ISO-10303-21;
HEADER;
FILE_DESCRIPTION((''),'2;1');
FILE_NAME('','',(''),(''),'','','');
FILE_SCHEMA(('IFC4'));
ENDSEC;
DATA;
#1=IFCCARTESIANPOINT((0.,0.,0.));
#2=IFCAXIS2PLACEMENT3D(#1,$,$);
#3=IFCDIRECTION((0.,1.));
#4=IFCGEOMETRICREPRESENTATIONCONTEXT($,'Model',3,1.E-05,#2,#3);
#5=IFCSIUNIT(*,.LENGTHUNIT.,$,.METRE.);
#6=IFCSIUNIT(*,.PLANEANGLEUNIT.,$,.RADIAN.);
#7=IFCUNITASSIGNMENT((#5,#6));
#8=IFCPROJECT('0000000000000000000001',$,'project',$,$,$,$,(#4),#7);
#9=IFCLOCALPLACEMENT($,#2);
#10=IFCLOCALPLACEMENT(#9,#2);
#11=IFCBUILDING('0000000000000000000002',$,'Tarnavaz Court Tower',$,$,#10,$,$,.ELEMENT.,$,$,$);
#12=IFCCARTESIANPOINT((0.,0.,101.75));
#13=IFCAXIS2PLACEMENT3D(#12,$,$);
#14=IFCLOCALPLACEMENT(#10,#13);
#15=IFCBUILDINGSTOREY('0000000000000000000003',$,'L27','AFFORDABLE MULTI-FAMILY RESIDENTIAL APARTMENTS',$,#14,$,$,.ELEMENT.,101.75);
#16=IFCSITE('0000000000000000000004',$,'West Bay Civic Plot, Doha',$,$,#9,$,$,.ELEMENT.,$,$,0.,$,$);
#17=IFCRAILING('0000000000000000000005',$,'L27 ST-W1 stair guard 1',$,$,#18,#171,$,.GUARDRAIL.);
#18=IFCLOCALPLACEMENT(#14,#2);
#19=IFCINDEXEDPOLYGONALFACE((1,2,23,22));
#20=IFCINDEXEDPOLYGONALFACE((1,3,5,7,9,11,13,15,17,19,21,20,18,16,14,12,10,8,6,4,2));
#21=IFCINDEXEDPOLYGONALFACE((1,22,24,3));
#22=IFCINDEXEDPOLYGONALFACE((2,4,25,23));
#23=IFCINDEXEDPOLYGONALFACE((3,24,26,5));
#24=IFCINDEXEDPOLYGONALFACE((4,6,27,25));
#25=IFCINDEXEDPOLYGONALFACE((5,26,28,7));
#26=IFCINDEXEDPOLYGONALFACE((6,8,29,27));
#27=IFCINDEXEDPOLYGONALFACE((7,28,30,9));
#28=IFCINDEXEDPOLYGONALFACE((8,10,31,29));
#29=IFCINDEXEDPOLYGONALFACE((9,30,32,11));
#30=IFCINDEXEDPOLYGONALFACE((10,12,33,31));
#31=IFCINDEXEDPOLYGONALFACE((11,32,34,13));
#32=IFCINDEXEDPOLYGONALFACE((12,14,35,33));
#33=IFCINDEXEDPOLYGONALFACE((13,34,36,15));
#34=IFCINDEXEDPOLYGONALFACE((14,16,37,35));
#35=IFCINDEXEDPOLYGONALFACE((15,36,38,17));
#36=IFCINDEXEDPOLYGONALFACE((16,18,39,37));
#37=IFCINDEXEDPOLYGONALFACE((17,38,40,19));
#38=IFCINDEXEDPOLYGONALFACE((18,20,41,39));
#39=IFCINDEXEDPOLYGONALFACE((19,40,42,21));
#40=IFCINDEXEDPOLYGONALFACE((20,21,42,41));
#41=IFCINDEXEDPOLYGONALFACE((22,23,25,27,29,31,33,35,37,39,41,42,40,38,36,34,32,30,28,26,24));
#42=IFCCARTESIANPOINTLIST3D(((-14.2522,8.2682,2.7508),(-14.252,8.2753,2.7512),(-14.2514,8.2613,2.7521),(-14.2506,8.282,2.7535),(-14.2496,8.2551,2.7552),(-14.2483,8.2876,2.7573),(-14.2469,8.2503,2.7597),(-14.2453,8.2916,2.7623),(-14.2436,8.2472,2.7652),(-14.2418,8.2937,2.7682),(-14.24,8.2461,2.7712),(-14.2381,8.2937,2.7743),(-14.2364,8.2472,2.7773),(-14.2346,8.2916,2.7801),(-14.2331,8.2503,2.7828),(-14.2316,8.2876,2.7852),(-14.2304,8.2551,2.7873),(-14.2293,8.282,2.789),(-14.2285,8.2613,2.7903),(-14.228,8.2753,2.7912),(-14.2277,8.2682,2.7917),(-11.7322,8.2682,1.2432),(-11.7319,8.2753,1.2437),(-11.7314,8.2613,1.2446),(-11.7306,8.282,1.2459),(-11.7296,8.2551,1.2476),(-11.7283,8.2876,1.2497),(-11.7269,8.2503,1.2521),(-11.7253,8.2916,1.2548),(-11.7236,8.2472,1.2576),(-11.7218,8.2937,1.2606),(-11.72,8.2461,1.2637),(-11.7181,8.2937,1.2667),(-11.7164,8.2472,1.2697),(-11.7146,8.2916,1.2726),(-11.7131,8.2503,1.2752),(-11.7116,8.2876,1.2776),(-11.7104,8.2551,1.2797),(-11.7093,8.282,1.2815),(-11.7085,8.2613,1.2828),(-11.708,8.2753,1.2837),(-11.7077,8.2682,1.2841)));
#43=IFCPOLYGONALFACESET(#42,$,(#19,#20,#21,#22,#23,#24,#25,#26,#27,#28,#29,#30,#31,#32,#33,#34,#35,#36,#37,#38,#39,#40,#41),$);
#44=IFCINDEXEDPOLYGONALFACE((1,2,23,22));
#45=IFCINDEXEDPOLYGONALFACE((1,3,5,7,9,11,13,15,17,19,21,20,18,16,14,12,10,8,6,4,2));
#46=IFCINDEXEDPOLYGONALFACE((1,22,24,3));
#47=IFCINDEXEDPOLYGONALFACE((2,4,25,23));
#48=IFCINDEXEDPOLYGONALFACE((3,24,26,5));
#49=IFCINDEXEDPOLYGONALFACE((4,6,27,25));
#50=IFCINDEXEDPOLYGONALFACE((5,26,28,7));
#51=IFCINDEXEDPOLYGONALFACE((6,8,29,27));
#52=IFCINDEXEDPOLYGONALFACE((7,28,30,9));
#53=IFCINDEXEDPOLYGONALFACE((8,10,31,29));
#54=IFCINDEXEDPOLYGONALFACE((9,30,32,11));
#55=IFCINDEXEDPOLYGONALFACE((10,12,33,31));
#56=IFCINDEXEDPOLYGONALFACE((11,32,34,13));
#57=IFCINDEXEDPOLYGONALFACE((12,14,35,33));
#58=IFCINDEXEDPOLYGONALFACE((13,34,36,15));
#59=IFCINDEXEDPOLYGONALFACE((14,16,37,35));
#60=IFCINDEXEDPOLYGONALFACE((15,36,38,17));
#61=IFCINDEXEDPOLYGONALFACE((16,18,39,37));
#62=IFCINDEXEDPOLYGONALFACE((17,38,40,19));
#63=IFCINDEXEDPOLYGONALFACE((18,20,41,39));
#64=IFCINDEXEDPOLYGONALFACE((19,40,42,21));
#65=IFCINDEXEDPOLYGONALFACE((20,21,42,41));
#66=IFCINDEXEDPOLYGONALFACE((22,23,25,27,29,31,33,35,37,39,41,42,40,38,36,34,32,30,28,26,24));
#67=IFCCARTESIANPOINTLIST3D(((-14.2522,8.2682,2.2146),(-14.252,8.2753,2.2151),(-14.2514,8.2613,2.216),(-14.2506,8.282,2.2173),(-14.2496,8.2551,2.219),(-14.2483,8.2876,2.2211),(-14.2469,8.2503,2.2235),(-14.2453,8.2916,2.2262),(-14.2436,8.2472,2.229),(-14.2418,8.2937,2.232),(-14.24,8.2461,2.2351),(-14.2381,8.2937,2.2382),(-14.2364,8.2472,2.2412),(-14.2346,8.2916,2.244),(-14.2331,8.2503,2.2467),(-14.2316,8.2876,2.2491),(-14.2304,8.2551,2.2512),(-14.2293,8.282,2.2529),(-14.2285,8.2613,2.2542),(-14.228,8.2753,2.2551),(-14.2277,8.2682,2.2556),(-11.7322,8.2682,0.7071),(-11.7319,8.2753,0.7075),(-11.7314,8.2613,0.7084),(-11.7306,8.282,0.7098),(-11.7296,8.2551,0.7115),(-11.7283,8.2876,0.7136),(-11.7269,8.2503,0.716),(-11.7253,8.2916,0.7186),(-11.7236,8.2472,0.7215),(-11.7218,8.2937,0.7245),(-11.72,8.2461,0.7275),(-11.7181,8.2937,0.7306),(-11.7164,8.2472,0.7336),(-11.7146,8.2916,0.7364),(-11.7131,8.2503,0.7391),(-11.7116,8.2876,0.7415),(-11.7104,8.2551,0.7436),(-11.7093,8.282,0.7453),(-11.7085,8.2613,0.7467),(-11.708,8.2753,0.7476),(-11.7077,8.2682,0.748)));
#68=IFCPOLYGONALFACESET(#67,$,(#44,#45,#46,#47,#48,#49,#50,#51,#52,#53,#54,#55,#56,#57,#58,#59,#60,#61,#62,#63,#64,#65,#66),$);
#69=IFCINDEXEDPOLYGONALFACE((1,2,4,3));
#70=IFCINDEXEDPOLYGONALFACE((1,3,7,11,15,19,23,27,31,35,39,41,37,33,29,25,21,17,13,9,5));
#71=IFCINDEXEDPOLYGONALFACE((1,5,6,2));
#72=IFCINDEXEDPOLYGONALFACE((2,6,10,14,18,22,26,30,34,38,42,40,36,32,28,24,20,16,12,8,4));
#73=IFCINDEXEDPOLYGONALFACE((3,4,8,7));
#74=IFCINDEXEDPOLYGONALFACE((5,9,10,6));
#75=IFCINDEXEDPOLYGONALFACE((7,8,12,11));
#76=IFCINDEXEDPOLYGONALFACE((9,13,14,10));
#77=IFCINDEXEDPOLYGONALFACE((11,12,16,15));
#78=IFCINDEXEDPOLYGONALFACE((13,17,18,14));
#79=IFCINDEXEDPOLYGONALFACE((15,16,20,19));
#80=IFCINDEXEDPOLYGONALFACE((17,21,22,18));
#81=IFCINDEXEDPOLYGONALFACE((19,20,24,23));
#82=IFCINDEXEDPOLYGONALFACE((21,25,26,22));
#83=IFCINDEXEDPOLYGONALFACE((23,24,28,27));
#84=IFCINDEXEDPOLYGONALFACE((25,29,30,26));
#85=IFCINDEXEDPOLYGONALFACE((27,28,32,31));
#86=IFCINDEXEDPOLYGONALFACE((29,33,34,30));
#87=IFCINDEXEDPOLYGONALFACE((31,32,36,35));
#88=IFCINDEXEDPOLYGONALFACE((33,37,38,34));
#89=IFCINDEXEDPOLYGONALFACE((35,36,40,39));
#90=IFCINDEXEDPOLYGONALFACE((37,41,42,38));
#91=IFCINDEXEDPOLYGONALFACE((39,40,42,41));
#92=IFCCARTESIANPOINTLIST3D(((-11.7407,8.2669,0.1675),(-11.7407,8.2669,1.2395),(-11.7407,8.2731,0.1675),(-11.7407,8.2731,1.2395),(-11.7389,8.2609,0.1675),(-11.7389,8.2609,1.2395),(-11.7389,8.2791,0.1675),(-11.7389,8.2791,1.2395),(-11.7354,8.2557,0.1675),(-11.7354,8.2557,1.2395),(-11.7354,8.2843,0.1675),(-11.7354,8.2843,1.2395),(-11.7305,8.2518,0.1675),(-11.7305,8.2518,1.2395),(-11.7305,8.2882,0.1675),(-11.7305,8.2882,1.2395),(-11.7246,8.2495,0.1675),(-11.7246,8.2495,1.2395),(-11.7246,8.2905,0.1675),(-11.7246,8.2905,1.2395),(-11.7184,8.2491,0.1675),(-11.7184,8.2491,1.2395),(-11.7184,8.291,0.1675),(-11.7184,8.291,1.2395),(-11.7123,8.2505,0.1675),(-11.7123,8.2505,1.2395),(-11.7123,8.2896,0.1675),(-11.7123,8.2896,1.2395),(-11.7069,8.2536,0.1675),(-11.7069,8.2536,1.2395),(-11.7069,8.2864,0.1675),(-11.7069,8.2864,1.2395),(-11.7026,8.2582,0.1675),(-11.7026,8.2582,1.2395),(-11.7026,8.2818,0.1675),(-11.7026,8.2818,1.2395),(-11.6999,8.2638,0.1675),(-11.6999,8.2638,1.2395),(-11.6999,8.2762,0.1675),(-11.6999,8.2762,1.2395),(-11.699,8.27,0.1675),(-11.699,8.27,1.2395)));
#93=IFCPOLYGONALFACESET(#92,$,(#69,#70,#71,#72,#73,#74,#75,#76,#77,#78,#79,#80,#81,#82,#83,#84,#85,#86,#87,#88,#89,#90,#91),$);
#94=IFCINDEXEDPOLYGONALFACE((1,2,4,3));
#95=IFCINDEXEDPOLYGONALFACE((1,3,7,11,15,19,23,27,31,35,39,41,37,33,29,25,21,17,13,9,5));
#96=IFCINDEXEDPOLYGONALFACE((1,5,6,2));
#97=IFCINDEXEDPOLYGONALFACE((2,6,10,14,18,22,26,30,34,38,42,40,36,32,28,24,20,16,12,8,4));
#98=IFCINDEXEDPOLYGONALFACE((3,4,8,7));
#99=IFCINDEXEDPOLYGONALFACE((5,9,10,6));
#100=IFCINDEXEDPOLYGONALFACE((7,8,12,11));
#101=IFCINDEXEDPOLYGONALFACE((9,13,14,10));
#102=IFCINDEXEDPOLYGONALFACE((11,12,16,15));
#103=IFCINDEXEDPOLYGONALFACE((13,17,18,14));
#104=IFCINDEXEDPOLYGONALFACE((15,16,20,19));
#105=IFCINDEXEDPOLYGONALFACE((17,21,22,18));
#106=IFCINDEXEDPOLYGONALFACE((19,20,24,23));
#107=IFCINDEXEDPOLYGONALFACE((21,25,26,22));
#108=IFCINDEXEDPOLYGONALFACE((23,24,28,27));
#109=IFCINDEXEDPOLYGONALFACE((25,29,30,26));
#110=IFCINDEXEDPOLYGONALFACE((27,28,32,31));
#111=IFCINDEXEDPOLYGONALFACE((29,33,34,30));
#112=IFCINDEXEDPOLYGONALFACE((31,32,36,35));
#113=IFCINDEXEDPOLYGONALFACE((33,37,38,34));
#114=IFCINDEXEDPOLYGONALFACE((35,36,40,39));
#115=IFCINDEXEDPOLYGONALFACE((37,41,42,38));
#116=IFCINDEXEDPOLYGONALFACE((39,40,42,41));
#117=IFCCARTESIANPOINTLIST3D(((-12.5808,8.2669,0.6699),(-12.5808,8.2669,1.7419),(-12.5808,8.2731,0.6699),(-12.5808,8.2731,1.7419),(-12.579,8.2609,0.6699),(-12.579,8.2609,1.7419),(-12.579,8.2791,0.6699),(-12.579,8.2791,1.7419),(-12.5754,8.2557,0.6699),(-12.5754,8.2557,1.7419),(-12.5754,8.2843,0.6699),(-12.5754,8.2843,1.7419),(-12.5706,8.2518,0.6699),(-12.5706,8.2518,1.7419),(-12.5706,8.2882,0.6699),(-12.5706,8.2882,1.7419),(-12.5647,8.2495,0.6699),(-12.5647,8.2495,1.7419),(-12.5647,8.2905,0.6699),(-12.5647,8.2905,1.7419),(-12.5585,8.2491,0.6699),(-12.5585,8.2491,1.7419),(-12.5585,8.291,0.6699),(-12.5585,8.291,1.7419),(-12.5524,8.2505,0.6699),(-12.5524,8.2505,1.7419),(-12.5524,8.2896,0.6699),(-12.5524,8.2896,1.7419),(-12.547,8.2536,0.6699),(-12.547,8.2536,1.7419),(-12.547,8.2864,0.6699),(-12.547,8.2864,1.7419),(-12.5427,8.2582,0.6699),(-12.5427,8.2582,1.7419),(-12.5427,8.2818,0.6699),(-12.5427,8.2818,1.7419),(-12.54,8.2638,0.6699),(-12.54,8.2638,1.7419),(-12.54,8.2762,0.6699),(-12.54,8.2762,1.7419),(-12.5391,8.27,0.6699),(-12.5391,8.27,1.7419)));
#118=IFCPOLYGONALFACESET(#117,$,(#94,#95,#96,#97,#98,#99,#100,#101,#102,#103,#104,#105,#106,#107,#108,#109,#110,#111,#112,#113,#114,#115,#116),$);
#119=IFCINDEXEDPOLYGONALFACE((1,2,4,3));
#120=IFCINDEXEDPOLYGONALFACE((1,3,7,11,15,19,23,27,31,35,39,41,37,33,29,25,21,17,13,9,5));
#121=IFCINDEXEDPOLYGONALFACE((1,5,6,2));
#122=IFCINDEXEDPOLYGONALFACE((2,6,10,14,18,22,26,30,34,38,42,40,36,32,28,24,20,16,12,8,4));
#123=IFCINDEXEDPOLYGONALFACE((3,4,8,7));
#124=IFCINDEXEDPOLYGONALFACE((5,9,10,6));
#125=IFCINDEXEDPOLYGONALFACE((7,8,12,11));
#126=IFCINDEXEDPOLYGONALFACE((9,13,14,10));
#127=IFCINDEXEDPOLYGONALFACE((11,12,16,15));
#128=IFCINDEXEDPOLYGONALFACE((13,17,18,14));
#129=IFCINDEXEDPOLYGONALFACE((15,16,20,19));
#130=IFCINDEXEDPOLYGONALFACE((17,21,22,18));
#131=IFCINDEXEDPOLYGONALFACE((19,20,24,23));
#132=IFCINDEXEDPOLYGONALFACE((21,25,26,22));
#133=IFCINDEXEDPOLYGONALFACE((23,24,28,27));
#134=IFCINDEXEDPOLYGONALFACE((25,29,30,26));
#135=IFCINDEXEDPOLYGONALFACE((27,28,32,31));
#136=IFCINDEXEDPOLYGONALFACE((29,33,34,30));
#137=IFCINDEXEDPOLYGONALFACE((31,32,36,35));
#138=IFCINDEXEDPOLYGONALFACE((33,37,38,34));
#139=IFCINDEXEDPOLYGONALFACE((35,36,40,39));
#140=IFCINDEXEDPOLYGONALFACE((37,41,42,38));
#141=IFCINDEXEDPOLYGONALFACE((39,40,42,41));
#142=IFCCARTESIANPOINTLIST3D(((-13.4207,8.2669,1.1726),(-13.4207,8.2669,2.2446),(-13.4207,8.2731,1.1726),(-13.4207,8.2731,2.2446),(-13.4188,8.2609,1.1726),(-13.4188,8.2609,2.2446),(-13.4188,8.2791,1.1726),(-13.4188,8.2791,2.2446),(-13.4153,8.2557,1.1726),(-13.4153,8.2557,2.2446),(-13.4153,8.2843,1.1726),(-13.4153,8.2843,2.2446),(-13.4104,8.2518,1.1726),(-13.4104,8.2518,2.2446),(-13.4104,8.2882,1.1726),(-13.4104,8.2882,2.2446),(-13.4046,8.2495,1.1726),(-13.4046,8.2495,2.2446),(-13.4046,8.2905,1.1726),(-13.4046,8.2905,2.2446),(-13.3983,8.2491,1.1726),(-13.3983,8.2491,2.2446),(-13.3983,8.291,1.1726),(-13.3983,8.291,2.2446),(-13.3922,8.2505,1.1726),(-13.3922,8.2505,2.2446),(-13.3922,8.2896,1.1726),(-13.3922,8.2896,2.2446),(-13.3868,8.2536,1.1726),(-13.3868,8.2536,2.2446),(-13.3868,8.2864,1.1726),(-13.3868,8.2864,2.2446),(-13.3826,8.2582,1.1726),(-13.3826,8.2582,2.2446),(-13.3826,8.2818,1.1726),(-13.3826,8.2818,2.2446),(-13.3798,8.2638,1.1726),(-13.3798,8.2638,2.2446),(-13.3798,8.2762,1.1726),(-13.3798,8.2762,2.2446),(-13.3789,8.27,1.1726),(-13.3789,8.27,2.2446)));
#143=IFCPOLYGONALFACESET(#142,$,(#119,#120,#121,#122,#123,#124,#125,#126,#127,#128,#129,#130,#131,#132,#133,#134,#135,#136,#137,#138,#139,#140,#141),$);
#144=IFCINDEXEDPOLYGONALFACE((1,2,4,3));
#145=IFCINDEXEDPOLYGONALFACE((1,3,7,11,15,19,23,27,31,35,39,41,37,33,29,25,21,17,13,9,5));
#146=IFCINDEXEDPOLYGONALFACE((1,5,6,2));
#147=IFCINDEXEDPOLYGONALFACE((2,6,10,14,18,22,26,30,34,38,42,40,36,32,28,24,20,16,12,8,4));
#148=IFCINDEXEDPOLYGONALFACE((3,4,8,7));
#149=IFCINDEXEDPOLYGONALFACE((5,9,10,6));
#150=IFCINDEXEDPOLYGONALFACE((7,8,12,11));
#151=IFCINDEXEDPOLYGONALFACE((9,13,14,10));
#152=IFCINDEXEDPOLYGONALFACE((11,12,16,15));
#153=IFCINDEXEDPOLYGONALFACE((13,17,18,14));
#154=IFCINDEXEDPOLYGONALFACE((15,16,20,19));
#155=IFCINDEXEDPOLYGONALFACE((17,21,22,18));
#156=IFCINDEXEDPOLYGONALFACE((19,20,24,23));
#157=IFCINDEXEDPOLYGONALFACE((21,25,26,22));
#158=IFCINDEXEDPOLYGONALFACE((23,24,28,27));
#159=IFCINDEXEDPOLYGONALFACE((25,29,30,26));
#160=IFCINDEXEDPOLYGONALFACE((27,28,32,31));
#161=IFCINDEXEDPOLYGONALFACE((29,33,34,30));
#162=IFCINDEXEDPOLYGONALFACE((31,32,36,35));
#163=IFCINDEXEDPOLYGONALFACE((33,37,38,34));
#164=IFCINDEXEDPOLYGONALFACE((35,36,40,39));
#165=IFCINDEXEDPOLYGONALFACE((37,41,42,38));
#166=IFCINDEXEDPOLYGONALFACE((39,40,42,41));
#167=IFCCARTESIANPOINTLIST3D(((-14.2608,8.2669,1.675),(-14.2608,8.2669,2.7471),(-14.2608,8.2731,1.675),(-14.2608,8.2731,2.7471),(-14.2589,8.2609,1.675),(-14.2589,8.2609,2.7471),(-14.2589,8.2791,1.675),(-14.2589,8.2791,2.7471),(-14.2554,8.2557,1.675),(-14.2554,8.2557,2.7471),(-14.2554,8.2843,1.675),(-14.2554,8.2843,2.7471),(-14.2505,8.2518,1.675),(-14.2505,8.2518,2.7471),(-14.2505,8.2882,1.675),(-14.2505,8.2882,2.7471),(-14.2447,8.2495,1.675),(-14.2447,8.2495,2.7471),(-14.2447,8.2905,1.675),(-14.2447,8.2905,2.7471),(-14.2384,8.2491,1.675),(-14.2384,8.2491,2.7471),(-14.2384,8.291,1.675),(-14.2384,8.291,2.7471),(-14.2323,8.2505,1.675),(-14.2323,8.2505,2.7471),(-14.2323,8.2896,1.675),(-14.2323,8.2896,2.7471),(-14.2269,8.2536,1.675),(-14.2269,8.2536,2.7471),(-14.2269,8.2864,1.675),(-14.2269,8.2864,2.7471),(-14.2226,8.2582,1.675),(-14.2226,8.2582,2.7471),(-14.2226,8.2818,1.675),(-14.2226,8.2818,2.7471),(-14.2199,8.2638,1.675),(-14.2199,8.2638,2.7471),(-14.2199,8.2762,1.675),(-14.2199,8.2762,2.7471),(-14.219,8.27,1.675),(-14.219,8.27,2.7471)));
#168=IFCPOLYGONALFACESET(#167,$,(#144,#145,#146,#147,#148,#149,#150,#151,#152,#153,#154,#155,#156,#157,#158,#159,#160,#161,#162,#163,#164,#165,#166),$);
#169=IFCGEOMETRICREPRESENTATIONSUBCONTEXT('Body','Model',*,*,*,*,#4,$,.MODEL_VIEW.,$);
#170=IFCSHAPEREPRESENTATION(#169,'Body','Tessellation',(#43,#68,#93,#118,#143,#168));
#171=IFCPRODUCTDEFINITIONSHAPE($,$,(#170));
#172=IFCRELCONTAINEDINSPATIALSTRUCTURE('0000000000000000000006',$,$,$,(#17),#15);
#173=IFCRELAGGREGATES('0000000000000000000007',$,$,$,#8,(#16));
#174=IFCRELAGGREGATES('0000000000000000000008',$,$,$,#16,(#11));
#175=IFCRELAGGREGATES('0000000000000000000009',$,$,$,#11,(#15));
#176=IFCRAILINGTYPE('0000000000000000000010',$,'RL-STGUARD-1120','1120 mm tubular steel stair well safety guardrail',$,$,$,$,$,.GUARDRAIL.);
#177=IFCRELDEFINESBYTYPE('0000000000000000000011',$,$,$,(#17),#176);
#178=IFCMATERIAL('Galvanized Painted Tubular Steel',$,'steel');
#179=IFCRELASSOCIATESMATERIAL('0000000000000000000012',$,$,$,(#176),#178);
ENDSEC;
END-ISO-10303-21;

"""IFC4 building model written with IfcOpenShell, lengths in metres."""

from ifc_helpers import new_model, si_unit, direction, frame, origin, origin_2d, place, context, subcontext, project, spatial, circle, extrude, material, type_object, element, save


model = new_model("IFC4")

# Units and contexts
model_context = context("Model", 3, precision=1e-05, world=origin(), true_north=direction((0.0, 1.0)))
body_context = subcontext(model_context, "Body", "Model", "MODEL_VIEW")
ifc_project = project(units=[si_unit("LENGTHUNIT", "METRE"), si_unit("PLANEANGLEUNIT", "RADIAN")], contexts=[model_context])

# Site, building, storey
site_placement = place(None, origin())
site = spatial("IfcSite", under=ifc_project, at=site_placement, Name="West Bay Civic Plot, Doha", CompositionType="ELEMENT", RefElevation=0.0)
building_placement = place(site_placement, origin())
building = spatial("IfcBuilding", under=site, at=building_placement, Name="Tarnavaz Court Tower", CompositionType="ELEMENT")
storey_placement = place(building_placement, frame((0.0, 0.0, 101.75)))
storey = spatial("IfcBuildingStorey", under=building, at=storey_placement, Name="L27", Description="AFFORDABLE MULTI-FAMILY RESIDENTIAL APARTMENTS", CompositionType="ELEMENT", Elevation=101.75)

# Railing
ifc_material_1 = material(Name="Galvanized Painted Tubular Steel", Category="steel")
railing_type_1 = type_object("IfcRailingType", Name="RL-STGUARD-1120", Description="1120 mm tubular steel stair well safety guardrail", PredefinedType="GUARDRAIL", material=ifc_material_1)
railing_1_placement = place(storey_placement, frame((-11.72, 8.27, 0.1675)))
element("IfcRailing", 1, at=railing_1_placement, inside=storey, type_object=railing_type_1, Name="L27 ST-W1 stair guard 1", PredefinedType="GUARDRAIL", context=body_context, shape_type="SweptSolid", body=[
    extrude(circle(Radius=0.0239, at=origin_2d()), frame((0.0, 0.0, 1.0962), z_axis=(-0.85816, 0.0, 0.513383), x_axis=(0.0, -1.0, 0.0)), (0.0, 0.0, 1.0), 2.9365),
    extrude(circle(Radius=0.0239, at=origin_2d()), frame((0.0, 0.0, 0.5601), z_axis=(-0.85816, 0.0, 0.513383), x_axis=(0.0, -1.0, 0.0)), (0.0, 0.0, 1.0), 2.9365),
    extrude(circle(Radius=0.021, at=origin_2d()), origin(), (0.0, 0.0, 1.0), 1.072),
    extrude(circle(Radius=0.021, at=origin_2d()), frame((-0.8401, 0.0, 0.5024)), (0.0, 0.0, 1.0), 1.072),
    extrude(circle(Radius=0.021, at=origin_2d()), frame((-1.6799, 0.0, 1.0051)), (0.0, 0.0, 1.0), 1.072),
    extrude(circle(Radius=0.021, at=origin_2d()), frame((-2.52, 0.0, 1.5076)), (0.0, 0.0, 1.0), 1.072),
])

save(model, "model.ifc")
